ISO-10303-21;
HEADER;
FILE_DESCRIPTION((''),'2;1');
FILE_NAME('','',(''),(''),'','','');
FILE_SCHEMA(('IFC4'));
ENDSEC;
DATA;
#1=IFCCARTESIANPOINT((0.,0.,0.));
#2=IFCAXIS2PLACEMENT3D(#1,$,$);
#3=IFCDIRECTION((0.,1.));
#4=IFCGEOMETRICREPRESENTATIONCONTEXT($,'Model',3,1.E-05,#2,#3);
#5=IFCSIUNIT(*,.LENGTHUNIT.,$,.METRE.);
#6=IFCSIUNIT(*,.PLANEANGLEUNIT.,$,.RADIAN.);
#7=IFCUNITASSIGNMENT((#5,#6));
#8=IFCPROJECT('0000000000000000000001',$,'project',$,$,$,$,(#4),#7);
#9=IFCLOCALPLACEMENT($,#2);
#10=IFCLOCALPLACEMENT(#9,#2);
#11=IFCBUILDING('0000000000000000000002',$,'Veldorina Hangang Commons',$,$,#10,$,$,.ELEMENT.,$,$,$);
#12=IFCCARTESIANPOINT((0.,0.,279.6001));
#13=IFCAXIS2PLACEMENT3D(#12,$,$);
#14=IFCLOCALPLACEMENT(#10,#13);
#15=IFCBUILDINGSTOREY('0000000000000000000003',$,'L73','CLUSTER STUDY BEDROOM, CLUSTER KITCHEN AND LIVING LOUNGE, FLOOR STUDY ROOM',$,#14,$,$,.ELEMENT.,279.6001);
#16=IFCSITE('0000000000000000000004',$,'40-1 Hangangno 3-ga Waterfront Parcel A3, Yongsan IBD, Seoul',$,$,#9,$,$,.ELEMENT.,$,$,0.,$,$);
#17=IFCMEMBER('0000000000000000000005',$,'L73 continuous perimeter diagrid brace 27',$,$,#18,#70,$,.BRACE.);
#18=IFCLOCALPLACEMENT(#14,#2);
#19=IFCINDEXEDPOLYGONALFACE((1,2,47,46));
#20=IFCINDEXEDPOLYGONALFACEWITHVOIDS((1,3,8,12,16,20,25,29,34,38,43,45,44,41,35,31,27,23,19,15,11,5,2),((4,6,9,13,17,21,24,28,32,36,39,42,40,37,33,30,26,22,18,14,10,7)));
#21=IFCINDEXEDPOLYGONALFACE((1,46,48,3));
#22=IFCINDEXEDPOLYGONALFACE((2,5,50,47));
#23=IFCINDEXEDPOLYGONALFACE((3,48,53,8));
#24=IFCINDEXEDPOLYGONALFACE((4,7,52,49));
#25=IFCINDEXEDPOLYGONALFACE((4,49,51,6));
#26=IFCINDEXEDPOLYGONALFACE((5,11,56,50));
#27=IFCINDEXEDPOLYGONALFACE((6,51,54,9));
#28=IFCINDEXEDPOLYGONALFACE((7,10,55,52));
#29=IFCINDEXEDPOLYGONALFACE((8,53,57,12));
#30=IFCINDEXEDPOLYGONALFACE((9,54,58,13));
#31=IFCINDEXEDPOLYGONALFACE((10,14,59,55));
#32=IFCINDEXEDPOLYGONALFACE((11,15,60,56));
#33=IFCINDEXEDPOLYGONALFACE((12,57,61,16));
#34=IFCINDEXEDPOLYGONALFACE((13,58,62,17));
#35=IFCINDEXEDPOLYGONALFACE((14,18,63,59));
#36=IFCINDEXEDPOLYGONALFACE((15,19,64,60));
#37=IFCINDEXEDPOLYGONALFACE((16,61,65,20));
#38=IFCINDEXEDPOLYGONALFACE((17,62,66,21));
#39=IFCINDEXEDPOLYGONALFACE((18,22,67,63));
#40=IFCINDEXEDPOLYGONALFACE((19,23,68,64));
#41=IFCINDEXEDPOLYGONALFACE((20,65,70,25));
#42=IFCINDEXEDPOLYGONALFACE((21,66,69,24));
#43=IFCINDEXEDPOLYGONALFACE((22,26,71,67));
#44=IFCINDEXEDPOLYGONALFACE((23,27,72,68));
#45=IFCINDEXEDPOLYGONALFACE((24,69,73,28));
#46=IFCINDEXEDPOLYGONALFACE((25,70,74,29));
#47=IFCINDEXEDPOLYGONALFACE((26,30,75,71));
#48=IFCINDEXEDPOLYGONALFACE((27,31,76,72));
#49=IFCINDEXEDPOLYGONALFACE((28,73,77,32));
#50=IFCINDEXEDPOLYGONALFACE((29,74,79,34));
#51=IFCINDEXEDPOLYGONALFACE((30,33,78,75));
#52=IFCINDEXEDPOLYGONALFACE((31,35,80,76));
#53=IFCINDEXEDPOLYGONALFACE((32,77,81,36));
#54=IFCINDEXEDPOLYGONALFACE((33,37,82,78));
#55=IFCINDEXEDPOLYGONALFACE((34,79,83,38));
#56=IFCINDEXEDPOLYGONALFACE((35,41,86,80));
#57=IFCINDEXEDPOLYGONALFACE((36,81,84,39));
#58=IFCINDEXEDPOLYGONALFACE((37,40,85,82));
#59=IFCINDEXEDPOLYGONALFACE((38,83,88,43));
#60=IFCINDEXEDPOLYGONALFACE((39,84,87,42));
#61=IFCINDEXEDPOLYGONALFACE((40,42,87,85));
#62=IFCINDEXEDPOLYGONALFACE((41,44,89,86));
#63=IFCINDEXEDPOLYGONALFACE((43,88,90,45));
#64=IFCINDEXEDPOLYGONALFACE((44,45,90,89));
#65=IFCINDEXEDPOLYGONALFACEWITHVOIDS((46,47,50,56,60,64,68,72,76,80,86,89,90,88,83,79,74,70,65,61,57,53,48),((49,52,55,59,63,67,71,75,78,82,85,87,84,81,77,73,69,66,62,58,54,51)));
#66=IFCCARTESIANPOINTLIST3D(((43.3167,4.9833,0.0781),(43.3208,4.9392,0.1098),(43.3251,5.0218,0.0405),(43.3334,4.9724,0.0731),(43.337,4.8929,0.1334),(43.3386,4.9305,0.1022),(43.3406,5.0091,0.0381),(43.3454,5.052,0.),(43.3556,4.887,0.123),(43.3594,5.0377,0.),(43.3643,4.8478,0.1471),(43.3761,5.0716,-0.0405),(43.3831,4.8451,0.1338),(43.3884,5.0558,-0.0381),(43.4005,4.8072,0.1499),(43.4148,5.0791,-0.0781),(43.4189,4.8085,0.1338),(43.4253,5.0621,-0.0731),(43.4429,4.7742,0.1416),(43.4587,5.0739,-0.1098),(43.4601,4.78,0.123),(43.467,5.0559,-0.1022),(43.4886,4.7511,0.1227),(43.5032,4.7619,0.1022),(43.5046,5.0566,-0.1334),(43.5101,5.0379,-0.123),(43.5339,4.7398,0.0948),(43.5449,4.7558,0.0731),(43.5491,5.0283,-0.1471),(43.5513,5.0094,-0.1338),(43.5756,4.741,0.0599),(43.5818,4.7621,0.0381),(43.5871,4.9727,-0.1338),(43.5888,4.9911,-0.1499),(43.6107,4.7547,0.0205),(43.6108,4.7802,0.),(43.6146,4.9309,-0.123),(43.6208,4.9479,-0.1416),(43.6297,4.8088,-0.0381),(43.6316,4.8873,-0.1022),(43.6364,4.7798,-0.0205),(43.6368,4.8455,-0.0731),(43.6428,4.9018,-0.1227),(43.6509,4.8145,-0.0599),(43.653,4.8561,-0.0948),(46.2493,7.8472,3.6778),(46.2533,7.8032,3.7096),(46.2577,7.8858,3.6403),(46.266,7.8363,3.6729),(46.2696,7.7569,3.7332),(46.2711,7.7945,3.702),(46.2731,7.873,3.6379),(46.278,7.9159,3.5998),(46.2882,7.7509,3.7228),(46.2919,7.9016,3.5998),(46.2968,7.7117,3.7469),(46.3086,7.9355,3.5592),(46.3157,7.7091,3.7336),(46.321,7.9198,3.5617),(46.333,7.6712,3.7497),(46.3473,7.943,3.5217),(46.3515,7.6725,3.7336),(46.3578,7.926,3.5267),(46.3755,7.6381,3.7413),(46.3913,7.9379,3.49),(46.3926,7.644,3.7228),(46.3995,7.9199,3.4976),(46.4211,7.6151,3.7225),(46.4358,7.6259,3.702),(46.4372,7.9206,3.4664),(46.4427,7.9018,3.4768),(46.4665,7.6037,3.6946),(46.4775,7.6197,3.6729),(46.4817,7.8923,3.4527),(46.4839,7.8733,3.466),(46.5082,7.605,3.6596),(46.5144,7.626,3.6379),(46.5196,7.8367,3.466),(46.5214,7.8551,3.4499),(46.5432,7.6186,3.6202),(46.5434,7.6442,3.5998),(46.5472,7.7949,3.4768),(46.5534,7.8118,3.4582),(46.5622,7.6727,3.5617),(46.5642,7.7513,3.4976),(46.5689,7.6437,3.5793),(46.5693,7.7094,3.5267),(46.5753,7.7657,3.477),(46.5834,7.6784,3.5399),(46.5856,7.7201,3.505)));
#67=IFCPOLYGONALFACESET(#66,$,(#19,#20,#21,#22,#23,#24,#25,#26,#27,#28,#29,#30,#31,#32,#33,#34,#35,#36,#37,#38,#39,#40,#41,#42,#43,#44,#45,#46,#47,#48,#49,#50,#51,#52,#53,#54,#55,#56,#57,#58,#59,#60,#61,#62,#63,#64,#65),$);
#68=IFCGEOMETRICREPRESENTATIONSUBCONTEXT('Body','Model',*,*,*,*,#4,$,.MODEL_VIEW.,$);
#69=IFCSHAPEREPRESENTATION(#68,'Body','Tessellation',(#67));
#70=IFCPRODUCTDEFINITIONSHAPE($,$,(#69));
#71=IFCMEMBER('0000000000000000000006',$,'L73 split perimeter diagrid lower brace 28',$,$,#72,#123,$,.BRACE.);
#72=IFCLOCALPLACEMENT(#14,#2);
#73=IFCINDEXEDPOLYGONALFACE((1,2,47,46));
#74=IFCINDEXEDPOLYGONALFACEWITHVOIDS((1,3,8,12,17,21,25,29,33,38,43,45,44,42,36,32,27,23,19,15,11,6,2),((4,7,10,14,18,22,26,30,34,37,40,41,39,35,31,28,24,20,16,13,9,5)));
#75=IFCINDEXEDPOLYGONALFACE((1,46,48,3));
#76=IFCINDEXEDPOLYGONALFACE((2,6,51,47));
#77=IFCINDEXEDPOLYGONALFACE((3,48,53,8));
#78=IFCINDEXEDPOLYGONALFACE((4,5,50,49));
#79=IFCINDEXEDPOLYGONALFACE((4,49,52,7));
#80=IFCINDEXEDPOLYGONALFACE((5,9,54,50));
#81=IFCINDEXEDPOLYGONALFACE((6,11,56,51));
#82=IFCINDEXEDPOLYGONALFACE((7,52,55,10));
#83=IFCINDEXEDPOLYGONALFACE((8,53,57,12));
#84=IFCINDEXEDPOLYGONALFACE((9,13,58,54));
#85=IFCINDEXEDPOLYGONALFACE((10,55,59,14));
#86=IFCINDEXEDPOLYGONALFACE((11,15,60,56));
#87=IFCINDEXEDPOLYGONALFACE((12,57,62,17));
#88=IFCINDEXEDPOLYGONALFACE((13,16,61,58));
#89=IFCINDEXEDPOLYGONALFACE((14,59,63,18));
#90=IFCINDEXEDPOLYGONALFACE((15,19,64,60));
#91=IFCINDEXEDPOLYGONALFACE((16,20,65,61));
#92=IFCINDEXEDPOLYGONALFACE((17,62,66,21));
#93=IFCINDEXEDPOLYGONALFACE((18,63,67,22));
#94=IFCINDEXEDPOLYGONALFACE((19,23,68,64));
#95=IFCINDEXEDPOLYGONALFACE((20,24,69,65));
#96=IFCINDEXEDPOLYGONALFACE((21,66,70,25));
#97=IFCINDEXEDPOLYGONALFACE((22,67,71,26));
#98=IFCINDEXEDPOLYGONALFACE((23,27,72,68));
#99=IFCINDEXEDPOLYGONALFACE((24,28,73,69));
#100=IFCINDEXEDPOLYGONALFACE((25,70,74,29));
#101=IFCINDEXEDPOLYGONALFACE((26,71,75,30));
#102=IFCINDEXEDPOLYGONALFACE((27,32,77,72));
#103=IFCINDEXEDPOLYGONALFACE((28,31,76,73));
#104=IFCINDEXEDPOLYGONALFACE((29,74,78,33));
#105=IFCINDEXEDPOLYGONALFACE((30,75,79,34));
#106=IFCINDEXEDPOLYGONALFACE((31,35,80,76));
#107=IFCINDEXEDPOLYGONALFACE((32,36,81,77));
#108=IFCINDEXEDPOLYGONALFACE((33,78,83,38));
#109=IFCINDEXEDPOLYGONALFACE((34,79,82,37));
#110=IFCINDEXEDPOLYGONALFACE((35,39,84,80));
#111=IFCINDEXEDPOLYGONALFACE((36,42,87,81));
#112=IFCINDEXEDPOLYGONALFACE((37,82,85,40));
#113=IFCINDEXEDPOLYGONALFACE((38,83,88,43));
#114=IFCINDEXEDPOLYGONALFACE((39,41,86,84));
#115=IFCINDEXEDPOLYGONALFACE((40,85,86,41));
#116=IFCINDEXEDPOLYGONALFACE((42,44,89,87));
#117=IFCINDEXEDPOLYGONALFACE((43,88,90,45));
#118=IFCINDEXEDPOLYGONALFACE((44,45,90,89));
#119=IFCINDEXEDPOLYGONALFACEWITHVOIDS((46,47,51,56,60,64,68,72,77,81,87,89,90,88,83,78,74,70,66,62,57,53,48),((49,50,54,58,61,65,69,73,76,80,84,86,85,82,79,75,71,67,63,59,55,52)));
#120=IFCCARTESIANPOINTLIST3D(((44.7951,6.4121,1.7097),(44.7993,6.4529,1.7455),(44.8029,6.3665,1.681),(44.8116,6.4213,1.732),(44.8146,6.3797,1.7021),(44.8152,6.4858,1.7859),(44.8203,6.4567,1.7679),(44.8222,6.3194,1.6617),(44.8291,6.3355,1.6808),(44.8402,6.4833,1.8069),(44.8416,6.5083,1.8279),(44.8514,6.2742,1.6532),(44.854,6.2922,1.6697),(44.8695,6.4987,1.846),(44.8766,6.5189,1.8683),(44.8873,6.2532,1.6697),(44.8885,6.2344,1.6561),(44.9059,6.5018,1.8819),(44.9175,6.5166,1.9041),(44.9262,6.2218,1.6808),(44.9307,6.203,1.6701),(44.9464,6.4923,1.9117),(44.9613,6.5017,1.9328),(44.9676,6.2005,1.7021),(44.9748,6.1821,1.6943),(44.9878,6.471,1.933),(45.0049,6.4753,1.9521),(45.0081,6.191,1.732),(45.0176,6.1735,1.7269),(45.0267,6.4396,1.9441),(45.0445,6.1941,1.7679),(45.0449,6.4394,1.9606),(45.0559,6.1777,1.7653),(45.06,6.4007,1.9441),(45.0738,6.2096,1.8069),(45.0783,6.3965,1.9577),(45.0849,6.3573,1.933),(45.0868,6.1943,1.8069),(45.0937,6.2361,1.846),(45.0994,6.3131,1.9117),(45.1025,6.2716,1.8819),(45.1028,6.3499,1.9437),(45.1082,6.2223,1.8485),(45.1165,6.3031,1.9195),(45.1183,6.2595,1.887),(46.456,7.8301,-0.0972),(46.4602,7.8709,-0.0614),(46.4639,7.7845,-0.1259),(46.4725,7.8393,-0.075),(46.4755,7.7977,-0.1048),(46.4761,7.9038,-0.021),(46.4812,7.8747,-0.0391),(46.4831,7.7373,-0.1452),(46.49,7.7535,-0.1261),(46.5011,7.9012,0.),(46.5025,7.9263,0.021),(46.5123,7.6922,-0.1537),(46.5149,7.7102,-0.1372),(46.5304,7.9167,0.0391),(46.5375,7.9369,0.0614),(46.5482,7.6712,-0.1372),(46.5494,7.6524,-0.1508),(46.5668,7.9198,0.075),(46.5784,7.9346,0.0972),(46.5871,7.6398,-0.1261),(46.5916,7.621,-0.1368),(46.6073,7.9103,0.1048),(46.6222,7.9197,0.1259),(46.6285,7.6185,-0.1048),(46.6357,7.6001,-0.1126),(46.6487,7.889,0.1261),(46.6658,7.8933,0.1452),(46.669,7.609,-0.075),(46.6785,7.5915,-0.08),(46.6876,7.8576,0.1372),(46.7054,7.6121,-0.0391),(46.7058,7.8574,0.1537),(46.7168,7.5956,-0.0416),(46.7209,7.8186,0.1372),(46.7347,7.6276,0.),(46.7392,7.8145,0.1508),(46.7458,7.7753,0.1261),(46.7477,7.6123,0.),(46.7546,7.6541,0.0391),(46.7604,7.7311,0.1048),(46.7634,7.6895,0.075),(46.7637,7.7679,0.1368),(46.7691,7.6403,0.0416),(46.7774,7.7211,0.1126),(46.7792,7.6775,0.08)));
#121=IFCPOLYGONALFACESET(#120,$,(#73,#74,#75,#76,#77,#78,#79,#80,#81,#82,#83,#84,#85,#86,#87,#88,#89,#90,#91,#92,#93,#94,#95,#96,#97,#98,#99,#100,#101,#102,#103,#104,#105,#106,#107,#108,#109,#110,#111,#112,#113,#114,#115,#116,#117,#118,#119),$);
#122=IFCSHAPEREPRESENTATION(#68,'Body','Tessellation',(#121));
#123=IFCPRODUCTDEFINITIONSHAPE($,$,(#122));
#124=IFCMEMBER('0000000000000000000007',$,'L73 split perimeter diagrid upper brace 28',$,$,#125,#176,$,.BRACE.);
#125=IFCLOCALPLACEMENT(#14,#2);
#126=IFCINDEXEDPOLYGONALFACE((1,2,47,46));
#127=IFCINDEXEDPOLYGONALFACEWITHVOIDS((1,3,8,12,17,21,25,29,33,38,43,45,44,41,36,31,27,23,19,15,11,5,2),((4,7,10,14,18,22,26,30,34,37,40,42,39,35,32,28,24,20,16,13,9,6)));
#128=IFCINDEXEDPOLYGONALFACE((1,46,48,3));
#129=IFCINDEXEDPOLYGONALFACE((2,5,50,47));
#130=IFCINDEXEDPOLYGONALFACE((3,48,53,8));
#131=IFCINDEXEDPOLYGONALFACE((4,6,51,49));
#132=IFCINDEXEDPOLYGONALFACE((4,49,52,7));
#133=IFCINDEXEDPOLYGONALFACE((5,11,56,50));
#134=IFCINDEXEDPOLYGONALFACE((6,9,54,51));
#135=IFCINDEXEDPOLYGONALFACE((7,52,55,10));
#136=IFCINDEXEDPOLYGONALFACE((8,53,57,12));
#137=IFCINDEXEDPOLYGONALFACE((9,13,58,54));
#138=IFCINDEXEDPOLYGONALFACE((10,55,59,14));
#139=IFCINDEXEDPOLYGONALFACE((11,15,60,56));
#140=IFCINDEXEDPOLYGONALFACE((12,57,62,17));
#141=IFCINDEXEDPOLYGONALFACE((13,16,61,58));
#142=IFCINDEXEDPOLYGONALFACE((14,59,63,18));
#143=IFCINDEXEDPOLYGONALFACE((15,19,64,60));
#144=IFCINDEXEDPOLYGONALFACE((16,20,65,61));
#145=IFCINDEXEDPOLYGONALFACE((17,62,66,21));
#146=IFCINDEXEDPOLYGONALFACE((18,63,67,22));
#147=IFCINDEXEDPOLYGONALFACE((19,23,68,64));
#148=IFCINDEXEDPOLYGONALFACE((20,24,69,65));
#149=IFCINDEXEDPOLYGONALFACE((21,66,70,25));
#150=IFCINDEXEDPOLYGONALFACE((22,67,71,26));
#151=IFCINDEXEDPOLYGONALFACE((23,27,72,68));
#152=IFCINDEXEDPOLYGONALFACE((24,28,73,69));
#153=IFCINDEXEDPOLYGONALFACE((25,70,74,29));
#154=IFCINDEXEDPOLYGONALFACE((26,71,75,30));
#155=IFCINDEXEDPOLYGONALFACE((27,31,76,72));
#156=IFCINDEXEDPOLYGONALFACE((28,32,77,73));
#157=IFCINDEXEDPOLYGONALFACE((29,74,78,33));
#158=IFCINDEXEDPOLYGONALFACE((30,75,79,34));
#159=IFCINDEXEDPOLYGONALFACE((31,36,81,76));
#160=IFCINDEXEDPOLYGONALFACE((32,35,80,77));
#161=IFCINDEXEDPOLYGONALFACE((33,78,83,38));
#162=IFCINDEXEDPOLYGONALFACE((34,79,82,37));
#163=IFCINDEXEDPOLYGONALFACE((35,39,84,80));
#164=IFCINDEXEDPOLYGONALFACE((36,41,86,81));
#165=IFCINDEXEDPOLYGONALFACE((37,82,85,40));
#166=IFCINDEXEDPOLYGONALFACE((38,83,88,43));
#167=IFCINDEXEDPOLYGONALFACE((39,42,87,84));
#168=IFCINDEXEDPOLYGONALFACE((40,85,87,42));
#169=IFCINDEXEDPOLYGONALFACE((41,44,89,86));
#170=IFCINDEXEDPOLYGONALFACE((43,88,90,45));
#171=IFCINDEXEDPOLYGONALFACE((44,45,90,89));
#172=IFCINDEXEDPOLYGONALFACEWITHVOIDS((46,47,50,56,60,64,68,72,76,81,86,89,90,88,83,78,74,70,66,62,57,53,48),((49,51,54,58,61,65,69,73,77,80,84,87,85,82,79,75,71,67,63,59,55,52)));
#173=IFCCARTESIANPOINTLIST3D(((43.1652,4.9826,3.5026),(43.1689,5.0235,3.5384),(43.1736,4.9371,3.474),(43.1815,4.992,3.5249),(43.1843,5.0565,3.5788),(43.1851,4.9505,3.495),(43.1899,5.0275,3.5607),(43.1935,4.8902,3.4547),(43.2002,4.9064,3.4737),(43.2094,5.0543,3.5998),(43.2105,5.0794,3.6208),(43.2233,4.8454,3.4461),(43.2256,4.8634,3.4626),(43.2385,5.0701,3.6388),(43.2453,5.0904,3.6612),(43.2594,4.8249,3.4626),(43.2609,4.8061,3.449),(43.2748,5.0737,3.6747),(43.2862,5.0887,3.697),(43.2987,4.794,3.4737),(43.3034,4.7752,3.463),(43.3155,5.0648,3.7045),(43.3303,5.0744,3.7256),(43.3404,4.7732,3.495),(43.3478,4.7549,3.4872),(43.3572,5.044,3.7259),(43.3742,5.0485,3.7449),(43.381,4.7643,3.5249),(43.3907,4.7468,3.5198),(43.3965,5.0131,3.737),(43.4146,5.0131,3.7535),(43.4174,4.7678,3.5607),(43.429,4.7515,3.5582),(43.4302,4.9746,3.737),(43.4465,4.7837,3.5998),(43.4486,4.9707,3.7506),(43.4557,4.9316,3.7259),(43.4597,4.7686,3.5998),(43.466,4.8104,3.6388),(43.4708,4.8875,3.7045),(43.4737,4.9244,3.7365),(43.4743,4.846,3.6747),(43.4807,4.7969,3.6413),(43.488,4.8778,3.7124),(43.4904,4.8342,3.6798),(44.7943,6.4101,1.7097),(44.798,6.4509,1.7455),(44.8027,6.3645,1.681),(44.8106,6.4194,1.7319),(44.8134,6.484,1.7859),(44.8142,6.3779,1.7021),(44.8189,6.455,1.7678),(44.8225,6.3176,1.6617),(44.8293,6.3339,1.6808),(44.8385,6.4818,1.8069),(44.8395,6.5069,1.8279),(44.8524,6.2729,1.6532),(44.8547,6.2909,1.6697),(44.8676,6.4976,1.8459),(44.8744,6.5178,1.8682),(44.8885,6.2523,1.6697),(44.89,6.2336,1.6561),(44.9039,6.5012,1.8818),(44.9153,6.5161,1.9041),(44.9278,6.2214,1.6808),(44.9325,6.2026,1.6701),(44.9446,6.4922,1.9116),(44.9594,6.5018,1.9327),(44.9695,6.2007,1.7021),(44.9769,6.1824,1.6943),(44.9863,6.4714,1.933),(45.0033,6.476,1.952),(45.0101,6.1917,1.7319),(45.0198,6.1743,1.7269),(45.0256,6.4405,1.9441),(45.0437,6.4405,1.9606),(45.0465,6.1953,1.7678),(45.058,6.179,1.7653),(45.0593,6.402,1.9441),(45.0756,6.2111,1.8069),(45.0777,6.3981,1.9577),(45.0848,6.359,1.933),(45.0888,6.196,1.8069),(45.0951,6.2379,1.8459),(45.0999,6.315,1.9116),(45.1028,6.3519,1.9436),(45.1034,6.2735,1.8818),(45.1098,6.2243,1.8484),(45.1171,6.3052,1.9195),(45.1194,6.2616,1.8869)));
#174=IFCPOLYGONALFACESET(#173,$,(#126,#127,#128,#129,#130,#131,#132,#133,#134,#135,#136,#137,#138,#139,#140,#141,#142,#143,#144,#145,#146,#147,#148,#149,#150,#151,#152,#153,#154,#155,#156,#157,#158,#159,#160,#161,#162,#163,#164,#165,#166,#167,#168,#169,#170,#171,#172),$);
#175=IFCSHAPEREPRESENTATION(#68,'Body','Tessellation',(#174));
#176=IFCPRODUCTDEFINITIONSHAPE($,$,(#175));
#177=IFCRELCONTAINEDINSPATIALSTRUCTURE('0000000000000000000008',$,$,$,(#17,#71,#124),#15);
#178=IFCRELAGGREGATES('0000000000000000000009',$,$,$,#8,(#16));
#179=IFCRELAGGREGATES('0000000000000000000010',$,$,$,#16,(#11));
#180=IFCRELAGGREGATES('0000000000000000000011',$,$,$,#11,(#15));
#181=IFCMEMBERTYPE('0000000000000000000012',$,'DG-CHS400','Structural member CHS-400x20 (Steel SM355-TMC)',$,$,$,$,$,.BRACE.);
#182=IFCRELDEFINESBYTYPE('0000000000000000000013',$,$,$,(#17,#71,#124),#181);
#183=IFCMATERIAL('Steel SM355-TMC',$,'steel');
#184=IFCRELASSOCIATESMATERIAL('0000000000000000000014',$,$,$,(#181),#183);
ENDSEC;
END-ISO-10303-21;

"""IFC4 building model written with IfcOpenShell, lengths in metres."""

from ifc_helpers import new_model, si_unit, direction, frame, origin, origin_2d, place, context, subcontext, project, spatial, hollow_circle, extrude, material, material_profile, profile_set, type_object, element, save


model = new_model("IFC4")

# Units and contexts
model_context = context("Model", 3, precision=1e-05, world=origin(), true_north=direction((0.0, 1.0)))
body_context = subcontext(model_context, "Body", "Model", "MODEL_VIEW")
ifc_project = project(units=[si_unit("LENGTHUNIT", "METRE"), si_unit("PLANEANGLEUNIT", "RADIAN")], contexts=[model_context])

# Site, building, storey
site_placement = place(None, origin())
site = spatial("IfcSite", under=ifc_project, at=site_placement, Name="40-1 Hangangno 3-ga Waterfront Parcel A3, Yongsan IBD, Seoul", CompositionType="ELEMENT", RefElevation=0.0)
building_placement = place(site_placement, origin())
building = spatial("IfcBuilding", under=site, at=building_placement, Name="Veldorina Hangang Commons", CompositionType="ELEMENT")
storey_placement = place(building_placement, frame((0.0, 0.0, 279.6001)))
storey = spatial("IfcBuildingStorey", under=building, at=storey_placement, Name="L73", Description="CLUSTER STUDY BEDROOM, CLUSTER KITCHEN AND LIVING LOUNGE, FLOOR STUDY ROOM", CompositionType="ELEMENT", Elevation=279.6001)

# Shared definitions
ifc_material_1 = material(Name="Steel SM355-TMC", Category="steel")

# Members
ifc_material_profile_1 = material_profile(ifc_material_1, hollow_circle(Radius=0.2, WallThickness=0.02, at=origin_2d()), Name="CHS-400x20")
ifc_profile_set_1 = profile_set([ifc_material_profile_1], Name="Steel SM355-TMC")
member_type_1 = type_object("IfcMemberType", Name="DG-CHS400", Description="Structural member CHS-400x20 (Steel SM355-TMC)", PredefinedType="BRACE", material=ifc_profile_set_1)
member_1_placement = place(storey_placement, frame((43.4851, 4.9089, 0.0), z_axis=(0.537559, 0.524984, 0.659866), x_axis=(-0.698689, 0.715425, 0.0)))
element("IfcMember", 1, at=member_1_placement, inside=storey, type_object=member_type_1, Name="L73 continuous perimeter diagrid brace 27", PredefinedType="BRACE", context=body_context, shape_type="SweptSolid", body=[
    extrude(hollow_circle(Radius=0.2, WallThickness=0.02, at=origin_2d()), origin(), (0.0, 0.0, 1.0), 5.4553),
])
member_2_placement = place(storey_placement, frame((46.6179, 7.7644, 0.0), z_axis=(-0.585968, -0.500265, 0.637476), x_axis=(0.649299, -0.760534, 0.0)))
element("IfcMember", 2, at=member_2_placement, inside=storey, type_object=member_type_1, Name="L73 split perimeter diagrid lower brace 28", PredefinedType="BRACE", context=body_context, shape_type="SweptSolid", body=[
    extrude(hollow_circle(Radius=0.2, WallThickness=0.02, at=origin_2d()), origin(), (0.0, 0.0, 1.0), 2.8345),
])
member_3_placement = place(storey_placement, frame((44.957, 6.3464, 1.8069), z_axis=(-0.579384, -0.507666, 0.637644), x_axis=(0.659023, -0.752123, 0.0)))
element("IfcMember", 3, at=member_3_placement, inside=storey, type_object=member_type_1, Name="L73 split perimeter diagrid upper brace 28", PredefinedType="BRACE", context=body_context, shape_type="SweptSolid", body=[
    extrude(hollow_circle(Radius=0.2, WallThickness=0.02, at=origin_2d()), origin(), (0.0, 0.0, 1.0), 2.8118),
])

save(model, "model.ifc")
